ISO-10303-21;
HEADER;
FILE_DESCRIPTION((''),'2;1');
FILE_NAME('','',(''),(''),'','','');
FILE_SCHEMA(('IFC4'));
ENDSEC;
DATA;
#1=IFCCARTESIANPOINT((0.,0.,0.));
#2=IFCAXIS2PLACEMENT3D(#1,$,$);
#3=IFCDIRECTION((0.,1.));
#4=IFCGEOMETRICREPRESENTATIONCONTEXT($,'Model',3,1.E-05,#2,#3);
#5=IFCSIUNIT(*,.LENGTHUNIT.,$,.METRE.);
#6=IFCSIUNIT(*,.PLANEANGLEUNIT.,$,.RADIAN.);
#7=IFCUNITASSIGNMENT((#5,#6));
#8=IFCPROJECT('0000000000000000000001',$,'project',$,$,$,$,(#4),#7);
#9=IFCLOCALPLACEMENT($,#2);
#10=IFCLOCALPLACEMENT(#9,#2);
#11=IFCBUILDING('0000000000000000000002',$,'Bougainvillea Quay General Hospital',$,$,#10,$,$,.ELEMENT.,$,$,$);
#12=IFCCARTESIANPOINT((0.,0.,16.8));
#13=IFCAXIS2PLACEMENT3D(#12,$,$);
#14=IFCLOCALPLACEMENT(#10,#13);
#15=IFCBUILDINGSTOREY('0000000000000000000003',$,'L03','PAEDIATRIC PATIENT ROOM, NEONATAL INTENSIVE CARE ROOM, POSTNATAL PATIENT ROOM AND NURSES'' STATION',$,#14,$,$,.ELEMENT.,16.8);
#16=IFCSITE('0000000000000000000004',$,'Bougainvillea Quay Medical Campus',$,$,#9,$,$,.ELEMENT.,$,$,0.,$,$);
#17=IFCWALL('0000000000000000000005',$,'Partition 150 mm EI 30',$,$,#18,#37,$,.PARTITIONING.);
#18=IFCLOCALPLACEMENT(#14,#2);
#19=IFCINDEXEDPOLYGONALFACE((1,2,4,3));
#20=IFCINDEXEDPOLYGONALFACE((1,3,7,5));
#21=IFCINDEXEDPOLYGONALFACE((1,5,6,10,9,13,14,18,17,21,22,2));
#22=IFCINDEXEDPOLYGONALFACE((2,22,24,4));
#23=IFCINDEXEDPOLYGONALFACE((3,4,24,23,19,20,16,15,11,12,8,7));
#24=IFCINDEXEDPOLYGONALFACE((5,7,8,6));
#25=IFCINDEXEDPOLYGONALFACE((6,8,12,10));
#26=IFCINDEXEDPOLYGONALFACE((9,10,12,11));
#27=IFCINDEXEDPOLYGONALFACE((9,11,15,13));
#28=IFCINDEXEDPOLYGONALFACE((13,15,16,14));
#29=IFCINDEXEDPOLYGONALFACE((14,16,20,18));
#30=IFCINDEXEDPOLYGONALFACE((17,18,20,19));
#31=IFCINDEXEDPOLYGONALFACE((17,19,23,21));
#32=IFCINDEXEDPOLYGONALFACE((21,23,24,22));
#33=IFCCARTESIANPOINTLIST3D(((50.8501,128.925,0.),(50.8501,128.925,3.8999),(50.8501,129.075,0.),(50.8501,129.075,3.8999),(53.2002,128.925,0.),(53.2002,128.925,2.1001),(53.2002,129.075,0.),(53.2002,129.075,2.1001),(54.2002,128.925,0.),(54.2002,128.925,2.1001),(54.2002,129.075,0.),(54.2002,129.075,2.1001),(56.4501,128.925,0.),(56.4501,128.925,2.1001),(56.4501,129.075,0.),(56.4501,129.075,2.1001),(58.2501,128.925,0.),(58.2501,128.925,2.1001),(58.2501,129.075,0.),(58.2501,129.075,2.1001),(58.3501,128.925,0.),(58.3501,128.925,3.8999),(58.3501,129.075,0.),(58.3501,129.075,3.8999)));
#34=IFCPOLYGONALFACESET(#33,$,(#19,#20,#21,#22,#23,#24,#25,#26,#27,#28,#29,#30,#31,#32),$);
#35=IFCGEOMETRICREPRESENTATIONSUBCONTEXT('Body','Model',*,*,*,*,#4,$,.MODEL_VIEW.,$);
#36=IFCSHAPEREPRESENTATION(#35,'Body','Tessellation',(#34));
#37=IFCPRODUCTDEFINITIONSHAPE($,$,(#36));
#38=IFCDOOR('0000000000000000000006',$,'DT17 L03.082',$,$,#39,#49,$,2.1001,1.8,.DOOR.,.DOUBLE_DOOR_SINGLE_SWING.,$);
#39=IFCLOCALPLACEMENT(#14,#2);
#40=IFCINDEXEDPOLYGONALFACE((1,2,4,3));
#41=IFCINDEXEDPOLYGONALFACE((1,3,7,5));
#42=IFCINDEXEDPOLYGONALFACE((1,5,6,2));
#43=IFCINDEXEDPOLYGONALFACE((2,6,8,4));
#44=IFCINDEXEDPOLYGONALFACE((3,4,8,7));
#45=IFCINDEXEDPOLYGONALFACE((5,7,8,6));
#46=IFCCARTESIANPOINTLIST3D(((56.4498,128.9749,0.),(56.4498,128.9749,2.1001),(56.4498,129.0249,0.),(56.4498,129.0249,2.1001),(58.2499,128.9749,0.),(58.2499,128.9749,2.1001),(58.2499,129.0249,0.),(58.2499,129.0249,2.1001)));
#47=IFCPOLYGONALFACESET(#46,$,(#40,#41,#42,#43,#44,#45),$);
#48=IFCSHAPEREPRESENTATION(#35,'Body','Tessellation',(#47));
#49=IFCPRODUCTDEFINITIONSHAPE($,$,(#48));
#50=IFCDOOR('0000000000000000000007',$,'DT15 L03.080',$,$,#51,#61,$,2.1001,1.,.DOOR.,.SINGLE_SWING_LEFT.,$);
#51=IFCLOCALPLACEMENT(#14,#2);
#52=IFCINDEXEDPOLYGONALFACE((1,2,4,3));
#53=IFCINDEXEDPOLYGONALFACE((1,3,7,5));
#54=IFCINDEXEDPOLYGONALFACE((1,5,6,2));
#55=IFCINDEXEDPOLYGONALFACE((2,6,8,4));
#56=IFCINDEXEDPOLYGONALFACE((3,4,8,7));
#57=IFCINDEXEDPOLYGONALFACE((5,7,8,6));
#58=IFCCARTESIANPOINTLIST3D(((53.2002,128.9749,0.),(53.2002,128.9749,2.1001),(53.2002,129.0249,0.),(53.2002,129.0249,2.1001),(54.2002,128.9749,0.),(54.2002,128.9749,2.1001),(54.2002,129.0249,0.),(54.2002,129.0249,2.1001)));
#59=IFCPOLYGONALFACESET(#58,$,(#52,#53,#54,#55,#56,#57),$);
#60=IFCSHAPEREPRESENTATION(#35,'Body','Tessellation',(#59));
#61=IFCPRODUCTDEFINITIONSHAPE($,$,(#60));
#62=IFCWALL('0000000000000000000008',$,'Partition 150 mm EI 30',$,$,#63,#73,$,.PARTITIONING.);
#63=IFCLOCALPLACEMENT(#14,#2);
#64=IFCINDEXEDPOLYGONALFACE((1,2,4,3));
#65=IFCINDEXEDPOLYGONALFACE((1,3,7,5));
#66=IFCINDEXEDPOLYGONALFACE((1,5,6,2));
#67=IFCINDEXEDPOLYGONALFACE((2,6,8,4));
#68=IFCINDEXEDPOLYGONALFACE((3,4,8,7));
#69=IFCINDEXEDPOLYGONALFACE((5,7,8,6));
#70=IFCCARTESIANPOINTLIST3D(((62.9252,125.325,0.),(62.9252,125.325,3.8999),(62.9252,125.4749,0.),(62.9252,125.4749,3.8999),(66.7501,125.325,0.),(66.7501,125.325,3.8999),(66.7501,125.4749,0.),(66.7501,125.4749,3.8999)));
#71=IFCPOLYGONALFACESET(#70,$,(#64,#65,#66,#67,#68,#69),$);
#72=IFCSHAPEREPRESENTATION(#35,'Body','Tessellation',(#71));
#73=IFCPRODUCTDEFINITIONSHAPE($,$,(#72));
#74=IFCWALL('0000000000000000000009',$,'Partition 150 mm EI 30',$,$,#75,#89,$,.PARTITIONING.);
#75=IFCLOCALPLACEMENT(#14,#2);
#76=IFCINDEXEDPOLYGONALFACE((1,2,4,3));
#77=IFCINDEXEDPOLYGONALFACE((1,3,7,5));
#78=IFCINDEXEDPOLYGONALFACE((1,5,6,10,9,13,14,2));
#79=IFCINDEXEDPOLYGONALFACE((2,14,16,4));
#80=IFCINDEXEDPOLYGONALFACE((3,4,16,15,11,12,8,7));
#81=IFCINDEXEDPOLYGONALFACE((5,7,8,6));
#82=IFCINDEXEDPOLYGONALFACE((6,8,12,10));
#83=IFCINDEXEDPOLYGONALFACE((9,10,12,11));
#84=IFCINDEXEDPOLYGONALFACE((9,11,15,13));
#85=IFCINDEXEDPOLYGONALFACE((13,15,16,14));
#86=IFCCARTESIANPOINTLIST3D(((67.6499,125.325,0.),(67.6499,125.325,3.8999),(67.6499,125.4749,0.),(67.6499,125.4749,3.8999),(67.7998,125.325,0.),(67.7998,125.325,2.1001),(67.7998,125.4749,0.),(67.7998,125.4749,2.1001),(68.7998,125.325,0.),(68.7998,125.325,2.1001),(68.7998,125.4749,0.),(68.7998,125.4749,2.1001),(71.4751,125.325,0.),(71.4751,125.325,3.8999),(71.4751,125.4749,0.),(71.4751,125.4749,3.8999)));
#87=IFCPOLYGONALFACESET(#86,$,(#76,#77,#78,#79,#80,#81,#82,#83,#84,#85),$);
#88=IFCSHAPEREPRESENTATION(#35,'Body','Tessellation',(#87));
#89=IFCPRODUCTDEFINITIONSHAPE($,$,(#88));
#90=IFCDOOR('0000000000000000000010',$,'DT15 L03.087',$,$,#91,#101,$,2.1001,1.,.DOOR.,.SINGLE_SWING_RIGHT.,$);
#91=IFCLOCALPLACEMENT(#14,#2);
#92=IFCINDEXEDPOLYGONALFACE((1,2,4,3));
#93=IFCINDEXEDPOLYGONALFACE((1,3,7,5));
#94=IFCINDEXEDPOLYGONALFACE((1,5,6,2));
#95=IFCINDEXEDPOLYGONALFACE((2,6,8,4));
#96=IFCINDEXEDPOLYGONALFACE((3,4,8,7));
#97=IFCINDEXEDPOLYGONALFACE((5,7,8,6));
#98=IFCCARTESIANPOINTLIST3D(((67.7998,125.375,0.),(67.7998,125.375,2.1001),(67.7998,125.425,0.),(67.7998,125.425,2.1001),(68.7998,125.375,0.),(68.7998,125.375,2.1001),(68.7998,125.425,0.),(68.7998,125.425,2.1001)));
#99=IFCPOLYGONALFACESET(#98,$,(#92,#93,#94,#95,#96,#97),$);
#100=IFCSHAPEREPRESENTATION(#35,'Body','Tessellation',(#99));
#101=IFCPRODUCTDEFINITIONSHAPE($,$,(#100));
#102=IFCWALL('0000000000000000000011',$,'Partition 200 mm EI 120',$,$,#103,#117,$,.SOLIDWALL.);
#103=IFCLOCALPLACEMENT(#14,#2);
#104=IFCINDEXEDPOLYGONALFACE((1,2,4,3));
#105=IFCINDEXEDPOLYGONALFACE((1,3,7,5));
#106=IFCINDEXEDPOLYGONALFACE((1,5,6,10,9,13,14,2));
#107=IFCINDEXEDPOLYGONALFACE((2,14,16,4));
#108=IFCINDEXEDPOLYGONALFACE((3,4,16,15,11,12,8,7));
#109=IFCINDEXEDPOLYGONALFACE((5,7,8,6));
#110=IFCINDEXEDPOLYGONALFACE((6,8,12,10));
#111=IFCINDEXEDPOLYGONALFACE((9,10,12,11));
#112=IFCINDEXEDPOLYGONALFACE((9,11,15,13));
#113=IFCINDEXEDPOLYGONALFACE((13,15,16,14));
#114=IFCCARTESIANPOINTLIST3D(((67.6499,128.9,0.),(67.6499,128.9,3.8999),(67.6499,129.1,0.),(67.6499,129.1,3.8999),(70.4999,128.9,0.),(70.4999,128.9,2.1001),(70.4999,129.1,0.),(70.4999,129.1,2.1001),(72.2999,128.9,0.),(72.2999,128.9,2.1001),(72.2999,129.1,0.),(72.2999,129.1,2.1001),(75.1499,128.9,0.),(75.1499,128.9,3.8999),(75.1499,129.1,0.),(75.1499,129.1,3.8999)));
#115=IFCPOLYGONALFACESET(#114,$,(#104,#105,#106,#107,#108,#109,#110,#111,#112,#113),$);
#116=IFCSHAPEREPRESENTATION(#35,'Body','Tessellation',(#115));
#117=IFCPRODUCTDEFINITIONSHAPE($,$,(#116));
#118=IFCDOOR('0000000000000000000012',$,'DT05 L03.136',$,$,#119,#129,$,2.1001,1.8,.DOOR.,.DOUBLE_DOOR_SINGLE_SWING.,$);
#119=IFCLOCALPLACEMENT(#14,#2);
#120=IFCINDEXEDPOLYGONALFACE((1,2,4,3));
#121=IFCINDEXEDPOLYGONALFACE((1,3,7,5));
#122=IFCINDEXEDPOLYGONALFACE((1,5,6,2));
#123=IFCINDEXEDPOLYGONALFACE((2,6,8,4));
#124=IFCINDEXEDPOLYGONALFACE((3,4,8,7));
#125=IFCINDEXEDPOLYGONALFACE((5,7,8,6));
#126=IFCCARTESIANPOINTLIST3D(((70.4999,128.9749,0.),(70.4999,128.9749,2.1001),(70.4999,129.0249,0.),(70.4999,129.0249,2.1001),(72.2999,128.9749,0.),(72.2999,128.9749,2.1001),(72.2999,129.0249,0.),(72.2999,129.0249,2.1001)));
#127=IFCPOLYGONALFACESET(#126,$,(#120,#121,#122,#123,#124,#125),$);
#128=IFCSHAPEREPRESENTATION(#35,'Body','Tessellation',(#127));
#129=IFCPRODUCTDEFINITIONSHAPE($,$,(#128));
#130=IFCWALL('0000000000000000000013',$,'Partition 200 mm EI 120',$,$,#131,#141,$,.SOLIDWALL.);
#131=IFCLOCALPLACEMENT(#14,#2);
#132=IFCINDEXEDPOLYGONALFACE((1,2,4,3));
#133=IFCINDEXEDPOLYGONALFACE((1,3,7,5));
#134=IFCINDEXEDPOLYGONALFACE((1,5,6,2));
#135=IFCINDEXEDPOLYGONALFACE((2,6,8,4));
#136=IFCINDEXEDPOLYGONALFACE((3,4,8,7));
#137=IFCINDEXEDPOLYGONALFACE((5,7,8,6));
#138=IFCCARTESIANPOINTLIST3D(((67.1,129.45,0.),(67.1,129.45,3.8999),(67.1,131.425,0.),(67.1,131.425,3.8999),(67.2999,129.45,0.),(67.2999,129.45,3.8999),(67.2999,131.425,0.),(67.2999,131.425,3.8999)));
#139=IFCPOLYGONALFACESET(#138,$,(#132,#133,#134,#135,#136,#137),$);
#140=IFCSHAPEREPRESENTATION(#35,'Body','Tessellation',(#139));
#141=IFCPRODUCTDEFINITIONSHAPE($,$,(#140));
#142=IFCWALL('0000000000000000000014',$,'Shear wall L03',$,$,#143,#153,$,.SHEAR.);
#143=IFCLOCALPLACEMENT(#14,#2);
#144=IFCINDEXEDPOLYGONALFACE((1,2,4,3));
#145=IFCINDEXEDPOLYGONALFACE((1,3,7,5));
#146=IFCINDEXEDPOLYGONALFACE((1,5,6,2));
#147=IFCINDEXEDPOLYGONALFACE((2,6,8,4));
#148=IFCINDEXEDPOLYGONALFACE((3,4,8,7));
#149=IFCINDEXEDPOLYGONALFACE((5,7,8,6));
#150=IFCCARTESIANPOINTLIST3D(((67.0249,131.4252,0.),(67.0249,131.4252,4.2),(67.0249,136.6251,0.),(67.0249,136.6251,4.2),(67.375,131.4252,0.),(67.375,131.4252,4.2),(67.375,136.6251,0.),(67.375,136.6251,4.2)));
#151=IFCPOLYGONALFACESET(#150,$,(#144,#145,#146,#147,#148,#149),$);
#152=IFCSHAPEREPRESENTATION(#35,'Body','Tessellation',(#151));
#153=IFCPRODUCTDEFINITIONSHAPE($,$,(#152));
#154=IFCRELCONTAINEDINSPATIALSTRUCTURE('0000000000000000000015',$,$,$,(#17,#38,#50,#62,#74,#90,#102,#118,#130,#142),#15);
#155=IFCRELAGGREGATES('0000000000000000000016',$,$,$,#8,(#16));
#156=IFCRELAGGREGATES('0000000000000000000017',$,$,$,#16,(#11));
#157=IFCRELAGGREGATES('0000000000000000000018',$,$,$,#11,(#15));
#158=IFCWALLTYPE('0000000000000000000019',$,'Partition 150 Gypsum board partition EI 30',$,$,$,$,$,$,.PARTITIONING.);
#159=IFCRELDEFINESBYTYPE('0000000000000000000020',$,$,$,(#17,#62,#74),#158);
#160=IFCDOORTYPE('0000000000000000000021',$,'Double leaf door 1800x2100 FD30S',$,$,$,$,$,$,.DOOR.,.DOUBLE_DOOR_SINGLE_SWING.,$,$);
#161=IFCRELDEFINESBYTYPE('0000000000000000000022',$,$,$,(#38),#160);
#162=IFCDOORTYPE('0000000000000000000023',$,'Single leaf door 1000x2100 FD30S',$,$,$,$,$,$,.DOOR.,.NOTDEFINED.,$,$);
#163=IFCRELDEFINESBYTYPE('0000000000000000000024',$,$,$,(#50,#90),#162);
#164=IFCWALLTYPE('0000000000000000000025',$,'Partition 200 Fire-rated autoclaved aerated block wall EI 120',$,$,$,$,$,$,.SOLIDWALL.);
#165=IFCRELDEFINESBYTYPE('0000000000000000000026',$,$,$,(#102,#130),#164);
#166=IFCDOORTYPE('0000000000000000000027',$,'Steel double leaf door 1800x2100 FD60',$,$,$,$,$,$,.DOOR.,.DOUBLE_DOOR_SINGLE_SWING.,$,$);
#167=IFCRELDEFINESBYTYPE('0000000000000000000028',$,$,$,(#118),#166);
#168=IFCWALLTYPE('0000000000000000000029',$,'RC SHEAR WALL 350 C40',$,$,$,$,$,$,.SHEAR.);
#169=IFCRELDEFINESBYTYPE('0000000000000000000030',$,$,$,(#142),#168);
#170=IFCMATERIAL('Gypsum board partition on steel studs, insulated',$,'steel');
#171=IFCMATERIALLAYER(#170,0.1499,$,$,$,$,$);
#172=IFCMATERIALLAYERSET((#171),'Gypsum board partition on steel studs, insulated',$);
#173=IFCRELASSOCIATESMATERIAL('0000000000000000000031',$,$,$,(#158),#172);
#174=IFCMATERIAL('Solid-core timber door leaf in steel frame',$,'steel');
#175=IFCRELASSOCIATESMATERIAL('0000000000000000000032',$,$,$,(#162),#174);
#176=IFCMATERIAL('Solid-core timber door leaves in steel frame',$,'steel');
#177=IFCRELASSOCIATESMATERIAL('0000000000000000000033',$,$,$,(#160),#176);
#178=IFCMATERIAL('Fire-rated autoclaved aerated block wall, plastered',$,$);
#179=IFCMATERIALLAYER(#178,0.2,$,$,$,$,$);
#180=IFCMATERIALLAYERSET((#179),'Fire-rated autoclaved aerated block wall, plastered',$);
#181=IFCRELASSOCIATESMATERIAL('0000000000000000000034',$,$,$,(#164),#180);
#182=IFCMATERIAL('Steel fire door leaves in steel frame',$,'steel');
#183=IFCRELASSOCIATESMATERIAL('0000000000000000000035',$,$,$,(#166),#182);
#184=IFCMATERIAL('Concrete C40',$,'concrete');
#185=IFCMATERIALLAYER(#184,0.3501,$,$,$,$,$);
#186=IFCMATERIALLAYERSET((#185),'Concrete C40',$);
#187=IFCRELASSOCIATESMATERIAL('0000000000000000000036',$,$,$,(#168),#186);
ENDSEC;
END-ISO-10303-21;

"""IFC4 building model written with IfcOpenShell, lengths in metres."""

from ifc_helpers import new_model, si_unit, direction, frame, frame_2d, origin, place, context, subcontext, project, spatial, rectangle, extrude, material, layer, layer_set, type_object, element, fill, save


model = new_model("IFC4")

# Units and contexts
model_context = context("Model", 3, precision=1e-05, world=origin(), true_north=direction((0.0, 1.0)))
body_context = subcontext(model_context, "Body", "Model", "MODEL_VIEW")
ifc_project = project(units=[si_unit("LENGTHUNIT", "METRE"), si_unit("PLANEANGLEUNIT", "RADIAN")], contexts=[model_context])

# Site, building, storey
site_placement = place(None, origin())
site = spatial("IfcSite", under=ifc_project, at=site_placement, Name="Bougainvillea Quay Medical Campus", CompositionType="ELEMENT", RefElevation=0.0)
building_placement = place(site_placement, origin())
building = spatial("IfcBuilding", under=site, at=building_placement, Name="Bougainvillea Quay General Hospital", CompositionType="ELEMENT")
storey_placement = place(building_placement, frame((0.0, 0.0, 16.8)))
storey = spatial("IfcBuildingStorey", under=building, at=storey_placement, Name="L03", Description="PAEDIATRIC PATIENT ROOM, NEONATAL INTENSIVE CARE ROOM, POSTNATAL PATIENT ROOM AND NURSES' STATION", CompositionType="ELEMENT", Elevation=16.8)

# Shared definitions
ifc_material_1 = material(Name="Concrete C40", Category="concrete")

# Shared definitions
ifc_material_2 = material(Name="Gypsum board partition on steel studs, insulated", Category="steel")

# Shared definitions
ifc_material_3 = material(Name="Solid-core timber door leaf in steel frame", Category="steel")

# Shared definitions
ifc_layer_1 = layer(ifc_material_2, 0.1499)
ifc_layer_set_1 = layer_set([ifc_layer_1], Name="Gypsum board partition on steel studs, insulated")
wall_type_1 = type_object("IfcWallType", Name="Partition 150 Gypsum board partition EI 30", PredefinedType="PARTITIONING", material=ifc_layer_set_1)
door_type_1 = type_object("IfcDoorType", Name="Single leaf door 1000x2100 FD30S", OperationType="NOTDEFINED", PredefinedType="DOOR", material=ifc_material_3)

# Wall, openings, doors
wall_1_placement = place(storey_placement, frame((58.3501, 129.0, 0.0), z_axis=(0.0, 0.0, 1.0), x_axis=(-1.0, 0.0, 0.0)))
wall_1 = element("IfcWall", 1, at=wall_1_placement, inside=storey, type_object=wall_type_1, Name="Partition 150 mm EI 30", PredefinedType="PARTITIONING", context=body_context, shape_type="SweptSolid", body=[
    extrude(rectangle(XDim=7.5, YDim=0.1499, at=frame_2d((3.75, 0.0))), origin(), (0.0, 0.0, 1.0), 3.8999),
])
opening_1_placement = place(wall_1_placement, frame((4.1499, 0.0, 0.0)))
opening_1 = element("IfcOpeningElement", 2, at=opening_1_placement, cuts=wall_1, PredefinedType="OPENING", context=body_context, shape_type="SweptSolid", body=[
    extrude(rectangle(XDim=1.0, YDim=2.1001, at=frame_2d((0.5, 1.05))), frame((0.0, 0.085, 0.0), z_axis=(0.0, -1.0, 0.0), x_axis=(1.0, 0.0, 0.0)), (0.0, 0.0, 1.0), 0.1699),
])
opening_2_placement = place(wall_1_placement, frame((0.1001, 0.0, 0.0)))
opening_2 = element("IfcOpeningElement", 3, at=opening_2_placement, cuts=wall_1, PredefinedType="OPENING", context=body_context, shape_type="SweptSolid", body=[
    extrude(rectangle(XDim=1.8, YDim=2.1001, at=frame_2d((0.8999, 1.05))), frame((0.0, 0.085, 0.0), z_axis=(0.0, -1.0, 0.0), x_axis=(1.0, 0.0, 0.0)), (0.0, 0.0, 1.0), 0.1699),
])
ifc_material_4 = material(Name="Solid-core timber door leaves in steel frame", Category="steel")
door_type_2 = type_object("IfcDoorType", Name="Double leaf door 1800x2100 FD30S", OperationType="DOUBLE_DOOR_SINGLE_SWING", PredefinedType="DOOR", material=ifc_material_4)
door_1_placement = place(opening_2_placement, frame((1.8, 0.0, 0.0), z_axis=(0.0, 0.0, 1.0), x_axis=(-1.0, 0.0, 0.0)))
door_1 = element("IfcDoor", 4, at=door_1_placement, inside=storey, type_object=door_type_2, Name="DT17 L03.082", OperationType="DOUBLE_DOOR_SINGLE_SWING", OverallHeight=2.1001, OverallWidth=1.8, PredefinedType="DOOR", context=body_context, shape_type="SweptSolid", body=[
    extrude(rectangle(XDim=1.8, YDim=2.1001, at=frame_2d((0.8999, 1.05))), frame((0.0, 0.0249, 0.0), z_axis=(0.0, -1.0, 0.0), x_axis=(1.0, 0.0, 0.0)), (0.0, 0.0, 1.0), 0.05),
])
fill(opening_2, door_1)
door_2_placement = place(opening_1_placement, frame((1.0, 0.0, 0.0), z_axis=(0.0, 0.0, 1.0), x_axis=(-1.0, 0.0, 0.0)))
door_2 = element("IfcDoor", 5, at=door_2_placement, inside=storey, type_object=door_type_1, Name="DT15 L03.080", OperationType="SINGLE_SWING_LEFT", OverallHeight=2.1001, OverallWidth=1.0, PredefinedType="DOOR", context=body_context, shape_type="SweptSolid", body=[
    extrude(rectangle(XDim=1.0, YDim=2.1001, at=frame_2d((0.5, 1.05))), frame((0.0, 0.0249, 0.0), z_axis=(0.0, -1.0, 0.0), x_axis=(1.0, 0.0, 0.0)), (0.0, 0.0, 1.0), 0.05),
])
fill(opening_1, door_2)

# Wall
wall_2_placement = place(storey_placement, frame((62.925, 125.3999, 0.0), z_axis=(0.0, 0.0, 1.0), x_axis=(1.0, 0.0, 0.0)))
element("IfcWall", 6, at=wall_2_placement, inside=storey, type_object=wall_type_1, Name="Partition 150 mm EI 30", PredefinedType="PARTITIONING", context=body_context, shape_type="SweptSolid", body=[
    extrude(rectangle(XDim=3.825, YDim=0.1499, at=frame_2d((1.9126, 0.0))), origin(), (0.0, 0.0, 1.0), 3.8999),
])

# Walls, openings, doors
wall_3_placement = place(storey_placement, frame((67.6499, 125.3999, 0.0), z_axis=(0.0, 0.0, 1.0), x_axis=(1.0, 0.0, 0.0)))
wall_3 = element("IfcWall", 7, at=wall_3_placement, inside=storey, type_object=wall_type_1, Name="Partition 150 mm EI 30", PredefinedType="PARTITIONING", context=body_context, shape_type="SweptSolid", body=[
    extrude(rectangle(XDim=3.8252, YDim=0.1499, at=frame_2d((1.9126, 0.0))), origin(), (0.0, 0.0, 1.0), 3.8999),
])
opening_3_placement = place(wall_3_placement, frame((0.1499, 0.0, 0.0)))
opening_3 = element("IfcOpeningElement", 8, at=opening_3_placement, cuts=wall_3, PredefinedType="OPENING", context=body_context, shape_type="SweptSolid", body=[
    extrude(rectangle(XDim=1.0, YDim=2.1001, at=frame_2d((0.5, 1.05))), frame((0.0, 0.085, 0.0), z_axis=(0.0, -1.0, 0.0), x_axis=(1.0, 0.0, 0.0)), (0.0, 0.0, 1.0), 0.1699),
])
door_3_placement = place(opening_3_placement, frame((1.0, 0.0, 0.0), z_axis=(0.0, 0.0, 1.0), x_axis=(-1.0, 0.0, 0.0)))
door_3 = element("IfcDoor", 9, at=door_3_placement, inside=storey, type_object=door_type_1, Name="DT15 L03.087", OperationType="SINGLE_SWING_RIGHT", OverallHeight=2.1001, OverallWidth=1.0, PredefinedType="DOOR", context=body_context, shape_type="SweptSolid", body=[
    extrude(rectangle(XDim=1.0, YDim=2.1001, at=frame_2d((0.5, 1.05))), frame((0.0, 0.0249, 0.0), z_axis=(0.0, -1.0, 0.0), x_axis=(1.0, 0.0, 0.0)), (0.0, 0.0, 1.0), 0.05),
])
fill(opening_3, door_3)
ifc_material_5 = material(Name="Fire-rated autoclaved aerated block wall, plastered")
ifc_layer_2 = layer(ifc_material_5, 0.2)
ifc_layer_set_2 = layer_set([ifc_layer_2], Name="Fire-rated autoclaved aerated block wall, plastered")
wall_type_2 = type_object("IfcWallType", Name="Partition 200 Fire-rated autoclaved aerated block wall EI 120", PredefinedType="SOLIDWALL", material=ifc_layer_set_2)
wall_4_placement = place(storey_placement, frame((67.6499, 129.0, 0.0), z_axis=(0.0, 0.0, 1.0), x_axis=(1.0, 0.0, 0.0)))
wall_4 = element("IfcWall", 10, at=wall_4_placement, inside=storey, type_object=wall_type_2, Name="Partition 200 mm EI 120", PredefinedType="SOLIDWALL", context=body_context, shape_type="SweptSolid", body=[
    extrude(rectangle(XDim=7.5, YDim=0.2, at=frame_2d((3.75, 0.0))), origin(), (0.0, 0.0, 1.0), 3.8999),
])
opening_4_placement = place(wall_4_placement, frame((2.8501, 0.0, 0.0)))
opening_4 = element("IfcOpeningElement", 11, at=opening_4_placement, cuts=wall_4, PredefinedType="OPENING", context=body_context, shape_type="SweptSolid", body=[
    extrude(rectangle(XDim=1.8, YDim=2.1001, at=frame_2d((0.8999, 1.05))), frame((0.0, 0.1099, 0.0), z_axis=(0.0, -1.0, 0.0), x_axis=(1.0, 0.0, 0.0)), (0.0, 0.0, 1.0), 0.22),
])
ifc_material_6 = material(Name="Steel fire door leaves in steel frame", Category="steel")
door_type_3 = type_object("IfcDoorType", Name="Steel double leaf door 1800x2100 FD60", OperationType="DOUBLE_DOOR_SINGLE_SWING", PredefinedType="DOOR", material=ifc_material_6)
door_4_placement = place(opening_4_placement, origin())
door_4 = element("IfcDoor", 12, at=door_4_placement, inside=storey, type_object=door_type_3, Name="DT05 L03.136", OperationType="DOUBLE_DOOR_SINGLE_SWING", OverallHeight=2.1001, OverallWidth=1.8, PredefinedType="DOOR", context=body_context, shape_type="SweptSolid", body=[
    extrude(rectangle(XDim=1.8, YDim=2.1001, at=frame_2d((0.8999, 1.05))), frame((0.0, 0.0249, 0.0), z_axis=(0.0, -1.0, 0.0), x_axis=(1.0, 0.0, 0.0)), (0.0, 0.0, 1.0), 0.05),
])
fill(opening_4, door_4)

# Walls
wall_5_placement = place(storey_placement, frame((67.2, 129.45, 0.0), z_axis=(0.0, 0.0, 1.0), x_axis=(0.0, 1.0, 0.0)))
element("IfcWall", 13, at=wall_5_placement, inside=storey, type_object=wall_type_2, Name="Partition 200 mm EI 120", PredefinedType="SOLIDWALL", context=body_context, shape_type="SweptSolid", body=[
    extrude(rectangle(XDim=1.9751, YDim=0.2, at=frame_2d((0.9875, 0.0))), origin(), (0.0, 0.0, 1.0), 3.8999),
])
ifc_layer_3 = layer(ifc_material_1, 0.3501)
ifc_layer_set_3 = layer_set([ifc_layer_3], Name="Concrete C40")
wall_type_3 = type_object("IfcWallType", Name="RC SHEAR WALL 350 C40", PredefinedType="SHEAR", material=ifc_layer_set_3)
wall_6_placement = place(storey_placement, frame((67.2, 131.425, 0.0), z_axis=(0.0, 0.0, 1.0), x_axis=(0.0, 1.0, 0.0)))
element("IfcWall", 14, at=wall_6_placement, inside=storey, type_object=wall_type_3, Name="Shear wall L03", PredefinedType="SHEAR", context=body_context, shape_type="SweptSolid", body=[
    extrude(rectangle(XDim=5.2, YDim=0.3501, at=frame_2d((2.6001, 0.0))), origin(), (0.0, 0.0, 1.0), 4.2),
])

save(model, "model.ifc")
